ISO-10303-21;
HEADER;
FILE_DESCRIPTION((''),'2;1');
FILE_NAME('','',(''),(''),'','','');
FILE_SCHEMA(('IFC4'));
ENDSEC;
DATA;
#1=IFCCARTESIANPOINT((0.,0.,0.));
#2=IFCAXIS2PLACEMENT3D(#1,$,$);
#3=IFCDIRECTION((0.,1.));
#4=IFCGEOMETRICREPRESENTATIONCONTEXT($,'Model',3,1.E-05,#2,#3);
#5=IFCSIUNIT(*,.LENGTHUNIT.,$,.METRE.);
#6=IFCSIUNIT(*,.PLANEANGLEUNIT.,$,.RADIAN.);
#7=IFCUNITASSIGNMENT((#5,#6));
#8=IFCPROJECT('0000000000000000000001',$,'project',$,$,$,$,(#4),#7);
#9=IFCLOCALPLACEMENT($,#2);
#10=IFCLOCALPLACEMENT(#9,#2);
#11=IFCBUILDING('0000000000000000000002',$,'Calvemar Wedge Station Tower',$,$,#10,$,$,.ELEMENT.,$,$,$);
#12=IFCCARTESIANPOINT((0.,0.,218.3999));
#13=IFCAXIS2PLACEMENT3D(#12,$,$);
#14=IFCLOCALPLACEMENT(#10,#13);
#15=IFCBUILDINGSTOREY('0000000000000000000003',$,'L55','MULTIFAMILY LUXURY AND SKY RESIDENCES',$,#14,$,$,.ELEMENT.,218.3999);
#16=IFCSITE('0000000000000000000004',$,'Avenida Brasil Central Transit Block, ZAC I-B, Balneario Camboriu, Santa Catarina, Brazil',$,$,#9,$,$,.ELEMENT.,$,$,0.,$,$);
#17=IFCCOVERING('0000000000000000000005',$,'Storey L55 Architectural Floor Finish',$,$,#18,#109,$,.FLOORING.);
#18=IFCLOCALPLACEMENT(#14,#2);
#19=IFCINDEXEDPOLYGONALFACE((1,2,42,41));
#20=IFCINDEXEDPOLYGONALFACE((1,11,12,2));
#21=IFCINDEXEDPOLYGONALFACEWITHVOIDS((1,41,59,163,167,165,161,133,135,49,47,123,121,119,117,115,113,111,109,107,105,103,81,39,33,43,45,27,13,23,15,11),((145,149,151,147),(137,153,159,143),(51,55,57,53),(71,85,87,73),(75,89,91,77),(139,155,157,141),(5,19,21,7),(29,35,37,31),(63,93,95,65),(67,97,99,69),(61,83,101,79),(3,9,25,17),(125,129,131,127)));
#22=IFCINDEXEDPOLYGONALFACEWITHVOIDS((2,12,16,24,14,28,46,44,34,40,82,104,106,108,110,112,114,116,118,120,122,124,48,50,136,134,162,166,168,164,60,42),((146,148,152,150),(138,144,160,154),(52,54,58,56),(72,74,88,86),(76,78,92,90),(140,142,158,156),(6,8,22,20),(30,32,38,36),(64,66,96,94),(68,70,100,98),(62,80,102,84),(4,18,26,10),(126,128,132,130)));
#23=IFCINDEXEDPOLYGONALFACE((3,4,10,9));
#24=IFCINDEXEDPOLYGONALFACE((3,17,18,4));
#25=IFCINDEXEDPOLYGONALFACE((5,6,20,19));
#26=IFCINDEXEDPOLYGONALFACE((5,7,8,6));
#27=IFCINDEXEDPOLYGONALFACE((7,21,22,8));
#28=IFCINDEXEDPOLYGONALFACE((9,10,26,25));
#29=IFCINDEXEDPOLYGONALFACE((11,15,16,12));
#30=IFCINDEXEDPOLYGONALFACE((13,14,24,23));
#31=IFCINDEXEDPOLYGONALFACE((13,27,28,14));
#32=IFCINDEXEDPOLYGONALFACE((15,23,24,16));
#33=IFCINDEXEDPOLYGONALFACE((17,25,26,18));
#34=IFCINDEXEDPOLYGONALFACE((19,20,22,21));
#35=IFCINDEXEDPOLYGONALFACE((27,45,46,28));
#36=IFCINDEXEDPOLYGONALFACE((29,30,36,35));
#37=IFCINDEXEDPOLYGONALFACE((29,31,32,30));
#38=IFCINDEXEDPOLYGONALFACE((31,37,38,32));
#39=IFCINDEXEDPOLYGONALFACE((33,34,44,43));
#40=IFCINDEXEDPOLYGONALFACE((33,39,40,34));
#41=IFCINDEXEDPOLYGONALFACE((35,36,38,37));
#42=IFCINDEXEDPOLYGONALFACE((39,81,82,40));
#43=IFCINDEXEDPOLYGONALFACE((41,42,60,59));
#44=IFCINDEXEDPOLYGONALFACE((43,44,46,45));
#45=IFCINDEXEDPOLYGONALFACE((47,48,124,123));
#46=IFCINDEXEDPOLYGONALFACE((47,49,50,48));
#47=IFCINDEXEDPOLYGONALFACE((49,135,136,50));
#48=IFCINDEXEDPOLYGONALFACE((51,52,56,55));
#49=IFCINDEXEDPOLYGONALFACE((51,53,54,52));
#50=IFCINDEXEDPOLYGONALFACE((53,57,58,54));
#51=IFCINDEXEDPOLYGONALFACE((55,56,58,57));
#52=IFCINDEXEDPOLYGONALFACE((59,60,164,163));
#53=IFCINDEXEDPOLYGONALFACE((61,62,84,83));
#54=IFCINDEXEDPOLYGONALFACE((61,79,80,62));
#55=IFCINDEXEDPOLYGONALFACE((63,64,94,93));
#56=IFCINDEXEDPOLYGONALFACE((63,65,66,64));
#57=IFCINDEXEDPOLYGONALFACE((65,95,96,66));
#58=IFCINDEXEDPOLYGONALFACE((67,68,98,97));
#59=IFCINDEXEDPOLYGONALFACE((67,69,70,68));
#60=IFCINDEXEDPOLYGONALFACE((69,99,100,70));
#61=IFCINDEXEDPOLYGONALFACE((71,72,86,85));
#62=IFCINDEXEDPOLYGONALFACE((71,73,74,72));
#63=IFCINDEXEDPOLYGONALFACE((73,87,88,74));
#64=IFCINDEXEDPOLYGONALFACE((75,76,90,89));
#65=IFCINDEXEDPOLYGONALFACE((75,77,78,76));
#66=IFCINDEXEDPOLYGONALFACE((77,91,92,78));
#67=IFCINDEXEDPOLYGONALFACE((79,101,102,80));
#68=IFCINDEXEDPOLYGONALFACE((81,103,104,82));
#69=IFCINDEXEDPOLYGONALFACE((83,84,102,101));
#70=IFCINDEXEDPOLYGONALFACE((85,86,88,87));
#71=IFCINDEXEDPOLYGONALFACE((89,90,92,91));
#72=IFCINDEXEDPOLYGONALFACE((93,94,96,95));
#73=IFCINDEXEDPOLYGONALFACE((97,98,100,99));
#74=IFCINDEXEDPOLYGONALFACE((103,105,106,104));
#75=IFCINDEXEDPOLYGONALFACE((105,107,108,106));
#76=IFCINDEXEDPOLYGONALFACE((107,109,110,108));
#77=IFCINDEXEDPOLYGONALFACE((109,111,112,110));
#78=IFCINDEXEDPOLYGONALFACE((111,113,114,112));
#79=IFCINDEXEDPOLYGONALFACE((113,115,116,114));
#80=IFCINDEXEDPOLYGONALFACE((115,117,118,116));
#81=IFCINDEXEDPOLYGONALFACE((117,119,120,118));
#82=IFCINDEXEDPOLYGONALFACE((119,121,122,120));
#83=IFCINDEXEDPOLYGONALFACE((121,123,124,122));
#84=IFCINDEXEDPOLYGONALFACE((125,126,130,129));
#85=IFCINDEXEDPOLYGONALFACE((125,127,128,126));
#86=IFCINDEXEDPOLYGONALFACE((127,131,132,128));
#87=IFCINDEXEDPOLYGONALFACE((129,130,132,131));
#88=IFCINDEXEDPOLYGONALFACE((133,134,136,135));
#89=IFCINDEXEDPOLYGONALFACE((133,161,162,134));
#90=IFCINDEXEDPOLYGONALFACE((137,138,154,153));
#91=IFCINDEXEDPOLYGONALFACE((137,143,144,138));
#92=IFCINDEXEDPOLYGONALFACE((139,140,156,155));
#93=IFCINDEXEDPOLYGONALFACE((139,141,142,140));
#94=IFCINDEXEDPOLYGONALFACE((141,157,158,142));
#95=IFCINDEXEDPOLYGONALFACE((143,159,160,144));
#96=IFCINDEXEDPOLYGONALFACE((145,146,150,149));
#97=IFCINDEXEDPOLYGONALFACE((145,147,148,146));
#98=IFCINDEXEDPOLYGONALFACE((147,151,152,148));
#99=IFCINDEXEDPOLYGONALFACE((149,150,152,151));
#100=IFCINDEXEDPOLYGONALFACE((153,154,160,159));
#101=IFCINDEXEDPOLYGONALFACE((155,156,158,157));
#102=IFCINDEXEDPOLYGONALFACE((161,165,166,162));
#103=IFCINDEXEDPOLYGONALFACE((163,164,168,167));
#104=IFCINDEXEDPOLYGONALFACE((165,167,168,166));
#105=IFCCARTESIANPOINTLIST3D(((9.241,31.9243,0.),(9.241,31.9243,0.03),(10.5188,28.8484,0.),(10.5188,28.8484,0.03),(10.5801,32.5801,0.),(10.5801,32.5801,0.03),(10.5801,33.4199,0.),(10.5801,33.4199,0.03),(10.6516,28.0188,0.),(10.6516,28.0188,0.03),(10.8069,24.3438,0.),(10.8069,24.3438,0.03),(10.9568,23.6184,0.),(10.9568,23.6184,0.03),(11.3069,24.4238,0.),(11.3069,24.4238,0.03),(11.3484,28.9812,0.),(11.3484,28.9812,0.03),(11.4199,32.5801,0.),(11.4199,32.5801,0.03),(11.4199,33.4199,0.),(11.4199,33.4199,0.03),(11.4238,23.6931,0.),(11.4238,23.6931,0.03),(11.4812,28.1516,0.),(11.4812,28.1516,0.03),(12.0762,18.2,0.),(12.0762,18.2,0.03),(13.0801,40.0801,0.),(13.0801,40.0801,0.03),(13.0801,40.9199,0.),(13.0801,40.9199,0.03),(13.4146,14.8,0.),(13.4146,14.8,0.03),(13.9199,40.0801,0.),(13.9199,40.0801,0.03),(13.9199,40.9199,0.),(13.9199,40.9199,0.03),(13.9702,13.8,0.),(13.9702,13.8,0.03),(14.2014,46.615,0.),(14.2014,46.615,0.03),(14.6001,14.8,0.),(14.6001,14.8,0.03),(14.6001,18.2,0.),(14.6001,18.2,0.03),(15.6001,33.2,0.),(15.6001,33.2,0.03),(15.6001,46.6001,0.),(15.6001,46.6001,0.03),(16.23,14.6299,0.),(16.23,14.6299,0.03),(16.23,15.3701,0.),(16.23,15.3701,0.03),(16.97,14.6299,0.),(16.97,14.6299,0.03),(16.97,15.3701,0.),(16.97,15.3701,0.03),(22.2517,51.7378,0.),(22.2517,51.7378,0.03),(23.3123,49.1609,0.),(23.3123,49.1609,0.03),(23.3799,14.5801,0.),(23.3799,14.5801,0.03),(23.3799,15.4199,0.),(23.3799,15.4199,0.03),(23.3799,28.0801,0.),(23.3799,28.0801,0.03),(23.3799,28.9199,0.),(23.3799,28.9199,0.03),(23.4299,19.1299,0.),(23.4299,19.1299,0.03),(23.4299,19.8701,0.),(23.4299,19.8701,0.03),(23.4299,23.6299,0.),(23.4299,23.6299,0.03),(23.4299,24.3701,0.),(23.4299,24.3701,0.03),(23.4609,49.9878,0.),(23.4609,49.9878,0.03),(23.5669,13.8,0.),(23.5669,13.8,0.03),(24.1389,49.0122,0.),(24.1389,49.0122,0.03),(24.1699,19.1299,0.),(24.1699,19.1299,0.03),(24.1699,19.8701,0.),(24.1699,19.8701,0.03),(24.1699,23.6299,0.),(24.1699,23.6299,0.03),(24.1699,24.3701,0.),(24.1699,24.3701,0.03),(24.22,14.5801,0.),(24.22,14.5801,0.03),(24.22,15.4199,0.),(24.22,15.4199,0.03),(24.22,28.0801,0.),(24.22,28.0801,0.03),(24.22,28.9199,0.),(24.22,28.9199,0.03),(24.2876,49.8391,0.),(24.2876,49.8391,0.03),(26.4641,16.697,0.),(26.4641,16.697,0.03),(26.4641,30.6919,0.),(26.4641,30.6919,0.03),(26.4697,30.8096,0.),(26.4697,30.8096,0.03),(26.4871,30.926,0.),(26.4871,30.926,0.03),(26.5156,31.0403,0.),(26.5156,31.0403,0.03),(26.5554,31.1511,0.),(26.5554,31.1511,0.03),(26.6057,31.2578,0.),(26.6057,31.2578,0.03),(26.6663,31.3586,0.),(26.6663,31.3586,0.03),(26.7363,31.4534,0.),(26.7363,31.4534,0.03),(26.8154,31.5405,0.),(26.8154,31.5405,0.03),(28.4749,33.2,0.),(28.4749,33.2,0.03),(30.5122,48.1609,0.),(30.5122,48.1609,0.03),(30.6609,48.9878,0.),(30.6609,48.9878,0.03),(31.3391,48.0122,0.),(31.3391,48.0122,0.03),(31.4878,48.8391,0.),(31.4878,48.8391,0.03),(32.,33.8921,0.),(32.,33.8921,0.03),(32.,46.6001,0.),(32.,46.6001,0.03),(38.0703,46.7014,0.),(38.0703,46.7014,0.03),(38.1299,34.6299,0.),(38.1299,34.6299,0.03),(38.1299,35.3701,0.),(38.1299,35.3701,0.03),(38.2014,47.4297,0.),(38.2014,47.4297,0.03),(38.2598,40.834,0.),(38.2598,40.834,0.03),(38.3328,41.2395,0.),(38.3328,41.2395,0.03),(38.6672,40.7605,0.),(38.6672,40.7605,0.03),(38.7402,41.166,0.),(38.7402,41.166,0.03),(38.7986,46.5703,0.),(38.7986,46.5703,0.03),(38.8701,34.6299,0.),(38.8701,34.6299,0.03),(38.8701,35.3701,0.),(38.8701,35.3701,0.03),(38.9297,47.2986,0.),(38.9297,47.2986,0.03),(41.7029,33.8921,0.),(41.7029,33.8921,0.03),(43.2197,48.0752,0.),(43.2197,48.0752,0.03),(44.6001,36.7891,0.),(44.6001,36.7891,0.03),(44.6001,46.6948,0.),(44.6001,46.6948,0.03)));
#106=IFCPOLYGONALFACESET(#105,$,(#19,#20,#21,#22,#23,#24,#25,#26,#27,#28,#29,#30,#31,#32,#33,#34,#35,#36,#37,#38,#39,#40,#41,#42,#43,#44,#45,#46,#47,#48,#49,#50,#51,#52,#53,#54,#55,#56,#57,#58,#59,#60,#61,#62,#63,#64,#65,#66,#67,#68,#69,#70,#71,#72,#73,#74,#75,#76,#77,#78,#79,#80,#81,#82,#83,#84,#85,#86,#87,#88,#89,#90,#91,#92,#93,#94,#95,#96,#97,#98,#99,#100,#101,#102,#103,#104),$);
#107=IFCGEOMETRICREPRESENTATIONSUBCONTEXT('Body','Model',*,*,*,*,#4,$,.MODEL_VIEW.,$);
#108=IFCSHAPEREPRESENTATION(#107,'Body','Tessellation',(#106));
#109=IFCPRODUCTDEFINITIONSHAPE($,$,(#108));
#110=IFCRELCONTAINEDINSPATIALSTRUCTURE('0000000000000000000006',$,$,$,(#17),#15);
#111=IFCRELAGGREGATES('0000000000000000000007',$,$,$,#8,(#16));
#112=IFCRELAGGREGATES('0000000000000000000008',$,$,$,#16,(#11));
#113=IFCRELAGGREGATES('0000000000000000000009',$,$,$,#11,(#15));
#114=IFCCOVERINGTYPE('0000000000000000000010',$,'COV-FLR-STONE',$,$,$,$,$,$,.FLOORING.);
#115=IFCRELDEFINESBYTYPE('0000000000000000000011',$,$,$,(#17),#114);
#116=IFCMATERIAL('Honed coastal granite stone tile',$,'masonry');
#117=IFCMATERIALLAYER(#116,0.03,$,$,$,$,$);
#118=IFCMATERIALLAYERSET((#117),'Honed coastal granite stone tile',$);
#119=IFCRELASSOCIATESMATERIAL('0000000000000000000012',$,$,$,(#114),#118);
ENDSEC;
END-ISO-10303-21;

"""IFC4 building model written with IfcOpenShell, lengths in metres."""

from ifc_helpers import new_model, si_unit, direction, frame, origin, place, context, subcontext, project, spatial, polyline, outline, extrude, material, layer, layer_set, type_object, element, save


model = new_model("IFC4")

# Units and contexts
model_context = context("Model", 3, precision=1e-05, world=origin(), true_north=direction((0.0, 1.0)))
body_context = subcontext(model_context, "Body", "Model", "MODEL_VIEW")
ifc_project = project(units=[si_unit("LENGTHUNIT", "METRE"), si_unit("PLANEANGLEUNIT", "RADIAN")], contexts=[model_context])

# Site, building, storey
site_placement = place(None, origin())
site = spatial("IfcSite", under=ifc_project, at=site_placement, Name="Avenida Brasil Central Transit Block, ZAC I-B, Balneario Camboriu, Santa Catarina, Brazil", CompositionType="ELEMENT", RefElevation=0.0)
building_placement = place(site_placement, origin())
building = spatial("IfcBuilding", under=site, at=building_placement, Name="Calvemar Wedge Station Tower", CompositionType="ELEMENT")
storey_placement = place(building_placement, frame((0.0, 0.0, 218.3999)))
storey = spatial("IfcBuildingStorey", under=building, at=storey_placement, Name="L55", Description="MULTIFAMILY LUXURY AND SKY RESIDENCES", CompositionType="ELEMENT", Elevation=218.3999)

# Covering
ifc_material_1 = material(Name="Honed coastal granite stone tile", Category="masonry")
ifc_layer_1 = layer(ifc_material_1, 0.03)
ifc_layer_set_1 = layer_set([ifc_layer_1], Name="Honed coastal granite stone tile")
covering_type_1 = type_object("IfcCoveringType", Name="COV-FLR-STONE", PredefinedType="FLOORING", material=ifc_layer_set_1)
covering_1_placement = place(storey_placement, origin())
element("IfcCovering", 1, at=covering_1_placement, inside=storey, type_object=covering_type_1, Name="Storey L55 Architectural Floor Finish", PredefinedType="FLOORING", context=body_context, shape_type="SweptSolid", body=[
    extrude(outline(polyline([(26.6663, 31.3586), (26.7363, 31.4534), (26.8154, 31.5405), (28.4749, 33.2), (15.6001, 33.2), (15.6001, 46.6001), (32.0, 46.6001), (32.0, 33.8921), (41.7029, 33.8921), (44.6001, 36.7891), (44.6001, 46.6948), (43.2197, 48.0752), (22.2517, 51.7378), (14.2014, 46.615), (9.241, 31.9243), (10.8069, 24.3438), (11.3069, 24.4238), (11.4238, 23.6931), (10.9568, 23.6184), (12.0762, 18.2), (14.6001, 18.2), (14.6001, 14.8), (13.4146, 14.8), (13.9702, 13.8), (23.5669, 13.8), (26.4641, 16.697), (26.4641, 30.6919), (26.4697, 30.8096), (26.4871, 30.926), (26.5156, 31.0403), (26.5554, 31.1511), (26.6057, 31.2578), (26.6663, 31.3586)]), holes=[polyline([(11.4199, 33.4199), (11.4199, 32.5801), (10.5801, 32.5801), (10.5801, 33.4199), (11.4199, 33.4199)]), polyline([(13.9199, 40.0801), (13.0801, 40.0801), (13.0801, 40.9199), (13.9199, 40.9199), (13.9199, 40.0801)]), polyline([(23.3123, 49.1609), (23.4609, 49.9878), (24.2876, 49.8391), (24.1389, 49.0122), (23.3123, 49.1609)]), polyline([(30.6609, 48.9878), (31.4878, 48.8391), (31.3391, 48.0122), (30.5122, 48.1609), (30.6609, 48.9878)]), polyline([(38.9297, 47.2986), (38.7986, 46.5703), (38.0703, 46.7014), (38.2014, 47.4297), (38.9297, 47.2986)]), polyline([(38.8701, 34.6299), (38.1299, 34.6299), (38.1299, 35.3701), (38.8701, 35.3701), (38.8701, 34.6299)]), polyline([(38.2598, 40.834), (38.3328, 41.2395), (38.7402, 41.166), (38.6672, 40.7605), (38.2598, 40.834)]), polyline([(11.3484, 28.9812), (11.4812, 28.1516), (10.6516, 28.0188), (10.5188, 28.8484), (11.3484, 28.9812)]), polyline([(24.22, 28.0801), (23.3799, 28.0801), (23.3799, 28.9199), (24.22, 28.9199), (24.22, 28.0801)]), polyline([(23.4299, 23.6299), (23.4299, 24.3701), (24.1699, 24.3701), (24.1699, 23.6299), (23.4299, 23.6299)]), polyline([(23.4299, 19.8701), (24.1699, 19.8701), (24.1699, 19.1299), (23.4299, 19.1299), (23.4299, 19.8701)]), polyline([(24.22, 15.4199), (24.22, 14.5801), (23.3799, 14.5801), (23.3799, 15.4199), (24.22, 15.4199)]), polyline([(16.97, 14.6299), (16.23, 14.6299), (16.23, 15.3701), (16.97, 15.3701), (16.97, 14.6299)])]), origin(), (0.0, 0.0, 1.0), 0.03),
])

save(model, "model.ifc")
